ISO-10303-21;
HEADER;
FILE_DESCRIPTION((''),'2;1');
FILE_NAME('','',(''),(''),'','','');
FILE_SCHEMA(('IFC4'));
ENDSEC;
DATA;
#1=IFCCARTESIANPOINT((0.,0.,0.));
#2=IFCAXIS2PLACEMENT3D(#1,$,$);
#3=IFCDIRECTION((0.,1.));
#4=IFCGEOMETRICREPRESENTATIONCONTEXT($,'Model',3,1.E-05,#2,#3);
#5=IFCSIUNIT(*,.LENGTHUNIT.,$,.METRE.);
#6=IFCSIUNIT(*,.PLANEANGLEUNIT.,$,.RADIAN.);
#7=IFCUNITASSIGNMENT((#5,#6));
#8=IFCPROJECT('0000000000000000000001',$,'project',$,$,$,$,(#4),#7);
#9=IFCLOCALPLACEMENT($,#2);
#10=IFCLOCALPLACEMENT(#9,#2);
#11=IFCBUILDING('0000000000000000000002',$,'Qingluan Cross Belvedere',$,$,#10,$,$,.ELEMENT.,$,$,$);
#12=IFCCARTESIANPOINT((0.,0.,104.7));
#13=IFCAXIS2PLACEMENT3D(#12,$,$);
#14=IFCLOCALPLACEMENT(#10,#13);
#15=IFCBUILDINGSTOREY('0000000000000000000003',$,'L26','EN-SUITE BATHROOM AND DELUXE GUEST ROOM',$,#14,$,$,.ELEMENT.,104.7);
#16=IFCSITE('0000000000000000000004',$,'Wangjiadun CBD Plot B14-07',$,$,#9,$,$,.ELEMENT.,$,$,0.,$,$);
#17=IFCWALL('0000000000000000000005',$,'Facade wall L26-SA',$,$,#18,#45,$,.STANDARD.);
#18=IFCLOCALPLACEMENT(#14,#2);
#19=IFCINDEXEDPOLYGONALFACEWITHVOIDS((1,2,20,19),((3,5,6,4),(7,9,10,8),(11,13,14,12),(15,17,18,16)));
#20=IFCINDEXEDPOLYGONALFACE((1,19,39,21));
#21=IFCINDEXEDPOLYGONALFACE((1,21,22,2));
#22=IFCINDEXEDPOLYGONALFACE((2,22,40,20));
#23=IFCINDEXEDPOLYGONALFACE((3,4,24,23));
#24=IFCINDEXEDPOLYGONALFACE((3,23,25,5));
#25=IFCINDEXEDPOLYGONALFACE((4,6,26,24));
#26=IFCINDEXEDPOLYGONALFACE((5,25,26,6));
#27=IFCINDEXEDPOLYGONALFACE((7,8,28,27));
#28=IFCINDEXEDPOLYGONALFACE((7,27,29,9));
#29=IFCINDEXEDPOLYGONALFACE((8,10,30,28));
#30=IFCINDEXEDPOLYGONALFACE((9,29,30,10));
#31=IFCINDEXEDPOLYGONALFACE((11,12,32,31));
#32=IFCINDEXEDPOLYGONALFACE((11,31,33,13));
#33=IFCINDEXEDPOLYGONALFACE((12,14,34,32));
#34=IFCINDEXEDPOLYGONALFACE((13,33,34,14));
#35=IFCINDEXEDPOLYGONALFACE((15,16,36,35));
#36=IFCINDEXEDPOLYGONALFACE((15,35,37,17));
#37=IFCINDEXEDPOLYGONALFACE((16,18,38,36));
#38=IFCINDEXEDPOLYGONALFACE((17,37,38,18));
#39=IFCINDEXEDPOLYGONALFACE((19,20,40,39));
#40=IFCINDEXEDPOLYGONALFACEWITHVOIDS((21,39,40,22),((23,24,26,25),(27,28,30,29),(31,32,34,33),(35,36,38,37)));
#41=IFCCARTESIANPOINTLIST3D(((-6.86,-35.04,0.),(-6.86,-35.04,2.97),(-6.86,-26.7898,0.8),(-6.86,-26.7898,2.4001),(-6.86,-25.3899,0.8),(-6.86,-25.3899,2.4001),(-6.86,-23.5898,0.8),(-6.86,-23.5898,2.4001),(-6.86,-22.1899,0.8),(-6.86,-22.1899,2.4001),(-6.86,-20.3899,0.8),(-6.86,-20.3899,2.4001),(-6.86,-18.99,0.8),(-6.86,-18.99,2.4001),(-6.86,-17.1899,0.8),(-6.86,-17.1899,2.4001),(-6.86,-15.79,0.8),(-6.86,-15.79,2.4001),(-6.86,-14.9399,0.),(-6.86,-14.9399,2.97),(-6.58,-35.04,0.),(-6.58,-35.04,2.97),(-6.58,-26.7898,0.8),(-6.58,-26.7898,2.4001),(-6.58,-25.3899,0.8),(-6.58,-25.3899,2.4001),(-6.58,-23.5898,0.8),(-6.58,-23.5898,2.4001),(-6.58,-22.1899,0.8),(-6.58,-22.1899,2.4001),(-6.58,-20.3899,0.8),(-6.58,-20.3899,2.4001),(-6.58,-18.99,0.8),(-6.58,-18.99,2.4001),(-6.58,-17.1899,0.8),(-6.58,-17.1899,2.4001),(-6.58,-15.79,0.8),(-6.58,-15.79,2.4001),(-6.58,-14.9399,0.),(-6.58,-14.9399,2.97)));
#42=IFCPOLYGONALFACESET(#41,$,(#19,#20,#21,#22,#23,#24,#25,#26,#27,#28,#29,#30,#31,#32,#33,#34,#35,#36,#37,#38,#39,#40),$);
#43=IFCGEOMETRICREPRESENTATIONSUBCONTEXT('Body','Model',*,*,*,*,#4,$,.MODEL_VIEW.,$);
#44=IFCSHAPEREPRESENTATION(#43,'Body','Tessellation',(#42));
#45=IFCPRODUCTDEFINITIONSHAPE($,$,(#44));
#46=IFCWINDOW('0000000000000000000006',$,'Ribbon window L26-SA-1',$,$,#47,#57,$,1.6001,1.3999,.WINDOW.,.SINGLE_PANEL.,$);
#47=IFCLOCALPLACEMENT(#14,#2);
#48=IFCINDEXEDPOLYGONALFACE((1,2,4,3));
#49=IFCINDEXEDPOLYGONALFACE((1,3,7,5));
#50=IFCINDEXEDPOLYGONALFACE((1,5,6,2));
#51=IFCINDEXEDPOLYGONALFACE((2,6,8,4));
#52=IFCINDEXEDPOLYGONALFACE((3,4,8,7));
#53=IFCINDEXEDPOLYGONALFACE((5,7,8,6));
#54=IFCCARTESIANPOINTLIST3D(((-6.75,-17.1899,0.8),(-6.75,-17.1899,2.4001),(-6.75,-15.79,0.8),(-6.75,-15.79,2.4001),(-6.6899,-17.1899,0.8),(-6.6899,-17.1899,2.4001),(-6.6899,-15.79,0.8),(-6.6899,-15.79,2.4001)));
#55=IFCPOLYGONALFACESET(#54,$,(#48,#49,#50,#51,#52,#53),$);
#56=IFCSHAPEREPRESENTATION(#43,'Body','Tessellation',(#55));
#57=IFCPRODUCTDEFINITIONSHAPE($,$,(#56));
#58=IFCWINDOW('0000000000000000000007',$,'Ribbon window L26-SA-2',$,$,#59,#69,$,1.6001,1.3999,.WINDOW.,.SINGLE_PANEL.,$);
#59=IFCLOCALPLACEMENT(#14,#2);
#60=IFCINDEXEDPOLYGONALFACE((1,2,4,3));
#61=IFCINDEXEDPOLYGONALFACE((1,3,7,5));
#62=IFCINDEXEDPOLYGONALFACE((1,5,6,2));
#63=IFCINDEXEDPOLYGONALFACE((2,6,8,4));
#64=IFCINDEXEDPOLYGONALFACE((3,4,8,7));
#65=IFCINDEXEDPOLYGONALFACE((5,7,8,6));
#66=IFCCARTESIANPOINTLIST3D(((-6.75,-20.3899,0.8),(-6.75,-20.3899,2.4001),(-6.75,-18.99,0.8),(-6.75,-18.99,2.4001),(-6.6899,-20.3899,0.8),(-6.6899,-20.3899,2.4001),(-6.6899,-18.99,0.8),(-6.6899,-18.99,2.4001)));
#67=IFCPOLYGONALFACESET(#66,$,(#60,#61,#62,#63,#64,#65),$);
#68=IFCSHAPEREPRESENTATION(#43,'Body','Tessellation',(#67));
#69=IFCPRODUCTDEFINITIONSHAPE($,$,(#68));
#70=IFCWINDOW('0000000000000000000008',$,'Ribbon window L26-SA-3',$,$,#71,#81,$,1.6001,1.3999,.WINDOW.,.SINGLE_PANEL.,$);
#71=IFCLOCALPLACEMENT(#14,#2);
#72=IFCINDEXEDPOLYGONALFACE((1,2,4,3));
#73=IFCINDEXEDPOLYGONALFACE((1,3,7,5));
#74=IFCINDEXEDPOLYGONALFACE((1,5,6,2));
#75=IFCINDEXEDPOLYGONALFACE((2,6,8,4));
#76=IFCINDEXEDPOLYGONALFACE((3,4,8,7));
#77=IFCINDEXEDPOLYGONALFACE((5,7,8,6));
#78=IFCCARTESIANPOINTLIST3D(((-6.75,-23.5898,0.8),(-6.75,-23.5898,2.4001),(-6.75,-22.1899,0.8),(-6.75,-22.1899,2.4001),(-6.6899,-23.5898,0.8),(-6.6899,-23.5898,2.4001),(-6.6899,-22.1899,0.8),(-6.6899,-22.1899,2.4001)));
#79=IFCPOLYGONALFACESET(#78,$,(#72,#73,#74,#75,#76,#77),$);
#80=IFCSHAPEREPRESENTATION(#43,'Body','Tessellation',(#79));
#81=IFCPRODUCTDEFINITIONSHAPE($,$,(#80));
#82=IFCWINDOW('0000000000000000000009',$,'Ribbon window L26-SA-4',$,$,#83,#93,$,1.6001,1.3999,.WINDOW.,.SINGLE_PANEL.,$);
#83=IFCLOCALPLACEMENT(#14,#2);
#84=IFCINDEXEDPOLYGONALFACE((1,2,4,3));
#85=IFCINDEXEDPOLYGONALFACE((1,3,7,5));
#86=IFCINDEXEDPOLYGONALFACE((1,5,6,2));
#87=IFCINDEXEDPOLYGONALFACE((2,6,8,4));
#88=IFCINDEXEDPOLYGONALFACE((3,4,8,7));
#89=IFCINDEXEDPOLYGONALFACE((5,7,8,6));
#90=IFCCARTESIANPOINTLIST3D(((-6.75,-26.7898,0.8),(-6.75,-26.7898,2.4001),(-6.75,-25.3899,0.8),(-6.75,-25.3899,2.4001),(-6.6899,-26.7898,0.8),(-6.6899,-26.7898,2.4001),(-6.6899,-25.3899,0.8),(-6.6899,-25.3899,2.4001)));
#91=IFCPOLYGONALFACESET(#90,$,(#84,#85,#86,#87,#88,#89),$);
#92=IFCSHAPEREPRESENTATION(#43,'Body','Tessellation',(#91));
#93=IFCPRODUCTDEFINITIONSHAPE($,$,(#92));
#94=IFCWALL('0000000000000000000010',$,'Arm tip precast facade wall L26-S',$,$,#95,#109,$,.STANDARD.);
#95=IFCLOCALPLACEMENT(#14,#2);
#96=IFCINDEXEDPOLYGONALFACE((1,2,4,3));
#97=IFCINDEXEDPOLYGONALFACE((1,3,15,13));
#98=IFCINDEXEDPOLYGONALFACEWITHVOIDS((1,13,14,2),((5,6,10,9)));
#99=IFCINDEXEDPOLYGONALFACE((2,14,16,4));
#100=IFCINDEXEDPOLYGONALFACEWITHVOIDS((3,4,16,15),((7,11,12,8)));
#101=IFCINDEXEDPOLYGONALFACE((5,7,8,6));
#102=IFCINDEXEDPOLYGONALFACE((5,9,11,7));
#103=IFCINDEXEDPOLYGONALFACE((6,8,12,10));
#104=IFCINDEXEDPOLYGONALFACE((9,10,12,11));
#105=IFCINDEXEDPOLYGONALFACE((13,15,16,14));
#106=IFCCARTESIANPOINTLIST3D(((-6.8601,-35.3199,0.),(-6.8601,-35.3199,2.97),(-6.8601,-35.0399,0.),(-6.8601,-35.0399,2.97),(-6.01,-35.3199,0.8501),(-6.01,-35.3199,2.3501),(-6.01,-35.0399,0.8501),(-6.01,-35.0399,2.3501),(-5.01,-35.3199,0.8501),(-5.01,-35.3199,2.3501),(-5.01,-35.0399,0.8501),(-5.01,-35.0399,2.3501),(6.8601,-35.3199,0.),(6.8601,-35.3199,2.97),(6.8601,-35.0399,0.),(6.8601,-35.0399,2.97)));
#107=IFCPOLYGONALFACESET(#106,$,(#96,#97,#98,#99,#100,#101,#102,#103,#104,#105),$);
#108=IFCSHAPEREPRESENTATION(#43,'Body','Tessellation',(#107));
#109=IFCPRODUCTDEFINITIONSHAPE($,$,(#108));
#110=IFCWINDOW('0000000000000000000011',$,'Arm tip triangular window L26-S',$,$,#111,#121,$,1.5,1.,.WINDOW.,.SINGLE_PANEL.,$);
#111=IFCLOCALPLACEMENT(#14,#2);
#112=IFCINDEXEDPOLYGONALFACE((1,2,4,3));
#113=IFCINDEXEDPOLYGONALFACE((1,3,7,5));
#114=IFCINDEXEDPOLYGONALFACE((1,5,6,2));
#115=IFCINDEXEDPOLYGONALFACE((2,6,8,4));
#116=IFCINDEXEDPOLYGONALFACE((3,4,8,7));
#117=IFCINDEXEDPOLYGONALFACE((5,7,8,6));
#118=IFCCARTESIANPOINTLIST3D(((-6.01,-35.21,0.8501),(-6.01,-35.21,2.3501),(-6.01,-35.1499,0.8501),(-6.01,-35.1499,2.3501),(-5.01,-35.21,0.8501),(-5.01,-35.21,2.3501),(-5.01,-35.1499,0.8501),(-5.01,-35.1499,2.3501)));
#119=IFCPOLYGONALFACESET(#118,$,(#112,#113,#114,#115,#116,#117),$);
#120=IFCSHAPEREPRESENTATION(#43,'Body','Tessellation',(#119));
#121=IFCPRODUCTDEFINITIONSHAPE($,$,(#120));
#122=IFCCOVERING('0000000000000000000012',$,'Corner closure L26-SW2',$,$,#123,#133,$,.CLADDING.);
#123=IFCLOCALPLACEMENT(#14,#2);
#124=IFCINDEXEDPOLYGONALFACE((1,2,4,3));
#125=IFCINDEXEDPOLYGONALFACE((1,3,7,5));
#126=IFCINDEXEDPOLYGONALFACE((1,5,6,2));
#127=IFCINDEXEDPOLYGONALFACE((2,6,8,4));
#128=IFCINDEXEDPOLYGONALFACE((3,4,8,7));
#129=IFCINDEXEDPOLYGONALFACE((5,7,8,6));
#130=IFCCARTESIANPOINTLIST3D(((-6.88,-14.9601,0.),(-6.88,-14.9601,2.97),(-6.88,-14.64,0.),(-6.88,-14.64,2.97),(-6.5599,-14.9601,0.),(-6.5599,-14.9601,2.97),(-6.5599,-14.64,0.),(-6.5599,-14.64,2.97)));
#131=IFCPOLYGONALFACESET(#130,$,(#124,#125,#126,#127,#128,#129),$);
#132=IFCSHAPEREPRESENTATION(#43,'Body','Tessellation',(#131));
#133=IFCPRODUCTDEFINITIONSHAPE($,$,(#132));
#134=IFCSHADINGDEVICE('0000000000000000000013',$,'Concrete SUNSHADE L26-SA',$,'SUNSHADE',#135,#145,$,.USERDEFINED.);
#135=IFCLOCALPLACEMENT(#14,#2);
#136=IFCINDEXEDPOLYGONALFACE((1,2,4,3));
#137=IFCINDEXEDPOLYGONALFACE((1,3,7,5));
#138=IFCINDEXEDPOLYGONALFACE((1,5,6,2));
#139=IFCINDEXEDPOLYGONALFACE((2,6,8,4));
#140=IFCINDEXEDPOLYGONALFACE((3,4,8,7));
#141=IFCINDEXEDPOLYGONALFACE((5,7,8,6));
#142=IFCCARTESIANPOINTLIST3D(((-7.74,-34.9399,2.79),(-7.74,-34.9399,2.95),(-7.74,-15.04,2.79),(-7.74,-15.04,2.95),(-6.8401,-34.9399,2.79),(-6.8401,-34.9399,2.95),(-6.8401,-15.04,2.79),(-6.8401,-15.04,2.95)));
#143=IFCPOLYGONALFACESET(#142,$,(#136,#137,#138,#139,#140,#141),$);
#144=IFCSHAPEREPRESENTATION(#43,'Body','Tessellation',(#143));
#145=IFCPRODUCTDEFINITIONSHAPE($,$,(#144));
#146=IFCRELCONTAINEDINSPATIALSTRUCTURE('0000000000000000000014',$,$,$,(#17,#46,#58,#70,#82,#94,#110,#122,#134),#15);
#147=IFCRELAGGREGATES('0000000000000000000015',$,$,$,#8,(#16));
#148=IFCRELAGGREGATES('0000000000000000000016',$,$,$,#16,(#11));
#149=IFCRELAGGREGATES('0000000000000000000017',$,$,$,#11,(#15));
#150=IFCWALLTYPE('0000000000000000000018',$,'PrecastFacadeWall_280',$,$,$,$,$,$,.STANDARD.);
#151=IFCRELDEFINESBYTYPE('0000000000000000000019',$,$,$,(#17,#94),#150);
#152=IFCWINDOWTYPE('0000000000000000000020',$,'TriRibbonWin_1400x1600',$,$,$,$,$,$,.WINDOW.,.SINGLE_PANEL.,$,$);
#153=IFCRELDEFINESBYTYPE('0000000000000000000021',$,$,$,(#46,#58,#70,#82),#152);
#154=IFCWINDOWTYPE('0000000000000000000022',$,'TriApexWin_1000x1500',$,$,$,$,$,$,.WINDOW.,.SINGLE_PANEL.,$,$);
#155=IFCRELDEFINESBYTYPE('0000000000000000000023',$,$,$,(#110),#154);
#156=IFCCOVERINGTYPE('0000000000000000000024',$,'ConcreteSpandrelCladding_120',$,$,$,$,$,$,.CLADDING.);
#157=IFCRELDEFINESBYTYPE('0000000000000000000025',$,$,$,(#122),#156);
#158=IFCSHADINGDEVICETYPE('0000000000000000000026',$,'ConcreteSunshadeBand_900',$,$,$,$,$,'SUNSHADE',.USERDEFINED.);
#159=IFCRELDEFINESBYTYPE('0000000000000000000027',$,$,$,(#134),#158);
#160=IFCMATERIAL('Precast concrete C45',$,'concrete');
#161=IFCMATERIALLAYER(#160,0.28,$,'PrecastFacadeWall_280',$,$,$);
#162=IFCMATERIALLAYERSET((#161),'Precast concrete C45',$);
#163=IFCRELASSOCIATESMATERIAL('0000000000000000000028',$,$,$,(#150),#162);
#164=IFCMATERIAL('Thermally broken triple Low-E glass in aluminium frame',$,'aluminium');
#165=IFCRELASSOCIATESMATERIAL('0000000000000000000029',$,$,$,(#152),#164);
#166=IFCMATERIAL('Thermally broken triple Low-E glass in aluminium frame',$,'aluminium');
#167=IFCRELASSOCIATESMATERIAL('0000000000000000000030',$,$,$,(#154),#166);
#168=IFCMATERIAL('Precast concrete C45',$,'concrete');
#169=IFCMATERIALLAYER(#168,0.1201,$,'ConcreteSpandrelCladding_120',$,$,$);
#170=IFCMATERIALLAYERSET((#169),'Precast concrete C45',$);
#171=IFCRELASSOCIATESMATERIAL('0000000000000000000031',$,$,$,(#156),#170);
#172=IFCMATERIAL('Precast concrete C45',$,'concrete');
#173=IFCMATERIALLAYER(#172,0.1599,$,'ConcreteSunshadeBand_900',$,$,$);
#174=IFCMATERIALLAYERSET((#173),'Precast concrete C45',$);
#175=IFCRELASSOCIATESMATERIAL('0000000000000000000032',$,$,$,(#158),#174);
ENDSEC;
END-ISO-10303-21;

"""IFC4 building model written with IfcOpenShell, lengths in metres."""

from ifc_helpers import new_model, si_unit, direction, frame, frame_2d, origin, origin_2d, place, context, subcontext, project, spatial, rectangle, extrude, material, layer, layer_set, type_object, element, fill, save


model = new_model("IFC4")

# Units and contexts
model_context = context("Model", 3, precision=1e-05, world=origin(), true_north=direction((0.0, 1.0)))
body_context = subcontext(model_context, "Body", "Model", "MODEL_VIEW")
ifc_project = project(units=[si_unit("LENGTHUNIT", "METRE"), si_unit("PLANEANGLEUNIT", "RADIAN")], contexts=[model_context])

# Site, building, storey
site_placement = place(None, origin())
site = spatial("IfcSite", under=ifc_project, at=site_placement, Name="Wangjiadun CBD Plot B14-07", CompositionType="ELEMENT", RefElevation=0.0)
building_placement = place(site_placement, origin())
building = spatial("IfcBuilding", under=site, at=building_placement, Name="Qingluan Cross Belvedere", CompositionType="ELEMENT")
storey_placement = place(building_placement, frame((0.0, 0.0, 104.7)))
storey = spatial("IfcBuildingStorey", under=building, at=storey_placement, Name="L26", Description="EN-SUITE BATHROOM AND DELUXE GUEST ROOM", CompositionType="ELEMENT", Elevation=104.7)

# Wall, openings, windows
ifc_material_1 = material(Name="Precast concrete C45", Category="concrete")
ifc_layer_1 = layer(ifc_material_1, 0.28, Name="PrecastFacadeWall_280")
ifc_layer_set_1 = layer_set([ifc_layer_1], Name="Precast concrete C45")
wall_type_1 = type_object("IfcWallType", Name="PrecastFacadeWall_280", PredefinedType="STANDARD", material=ifc_layer_set_1)
wall_1_placement = place(storey_placement, frame((-6.72, -14.9399, 0.0), z_axis=(0.0, 0.0, 1.0), x_axis=(0.0, -1.0, 0.0)))
wall_1 = element("IfcWall", 1, at=wall_1_placement, inside=storey, type_object=wall_type_1, Name="Facade wall L26-SA", PredefinedType="STANDARD", context=body_context, shape_type="SweptSolid", body=[
    extrude(rectangle(XDim=20.1001, YDim=0.28, at=frame_2d((10.05, 0.0))), origin(), (0.0, 0.0, 1.0), 2.97),
])
opening_1_placement = place(wall_1_placement, frame((0.8501, 0.0, 0.8)))
opening_1 = element("IfcOpeningElement", 2, at=opening_1_placement, cuts=wall_1, PredefinedType="OPENING", context=body_context, shape_type="SweptSolid", body=[
    extrude(rectangle(XDim=1.3999, YDim=1.6001, at=frame_2d((0.7, 0.8))), frame((0.0, 0.1499, 0.0), z_axis=(0.0, -1.0, 0.0), x_axis=(1.0, 0.0, 0.0)), (0.0, 0.0, 1.0), 0.3),
])
opening_2_placement = place(wall_1_placement, frame((4.05, 0.0, 0.8)))
opening_2 = element("IfcOpeningElement", 3, at=opening_2_placement, cuts=wall_1, PredefinedType="OPENING", context=body_context, shape_type="SweptSolid", body=[
    extrude(rectangle(XDim=1.3999, YDim=1.6001, at=frame_2d((0.7, 0.8))), frame((0.0, 0.1499, 0.0), z_axis=(0.0, -1.0, 0.0), x_axis=(1.0, 0.0, 0.0)), (0.0, 0.0, 1.0), 0.3),
])
opening_3_placement = place(wall_1_placement, frame((7.25, 0.0, 0.8)))
opening_3 = element("IfcOpeningElement", 4, at=opening_3_placement, cuts=wall_1, PredefinedType="OPENING", context=body_context, shape_type="SweptSolid", body=[
    extrude(rectangle(XDim=1.3999, YDim=1.6001, at=frame_2d((0.7, 0.8))), frame((0.0, 0.1499, 0.0), z_axis=(0.0, -1.0, 0.0), x_axis=(1.0, 0.0, 0.0)), (0.0, 0.0, 1.0), 0.3),
])
opening_4_placement = place(wall_1_placement, frame((10.45, 0.0, 0.8)))
opening_4 = element("IfcOpeningElement", 5, at=opening_4_placement, cuts=wall_1, PredefinedType="OPENING", context=body_context, shape_type="SweptSolid", body=[
    extrude(rectangle(XDim=1.3999, YDim=1.6001, at=frame_2d((0.7, 0.8))), frame((0.0, 0.1499, 0.0), z_axis=(0.0, -1.0, 0.0), x_axis=(1.0, 0.0, 0.0)), (0.0, 0.0, 1.0), 0.3),
])
ifc_material_2 = material(Name="Thermally broken triple Low-E glass in aluminium frame", Category="aluminium")
window_type_1 = type_object("IfcWindowType", Name="TriRibbonWin_1400x1600", PartitioningType="SINGLE_PANEL", PredefinedType="WINDOW", material=ifc_material_2)
window_1_placement = place(opening_1_placement, origin())
window_1 = element("IfcWindow", 6, at=window_1_placement, inside=storey, type_object=window_type_1, Name="Ribbon window L26-SA-1", OverallHeight=1.6001, OverallWidth=1.3999, PartitioningType="SINGLE_PANEL", PredefinedType="WINDOW", context=body_context, shape_type="SweptSolid", body=[
    extrude(rectangle(XDim=1.3999, YDim=1.6001, at=frame_2d((0.7, 0.8))), frame((0.0, 0.03, 0.0), z_axis=(0.0, -1.0, 0.0), x_axis=(1.0, 0.0, 0.0)), (0.0, 0.0, 1.0), 0.0601),
])
fill(opening_1, window_1)
window_2_placement = place(opening_2_placement, origin())
window_2 = element("IfcWindow", 7, at=window_2_placement, inside=storey, type_object=window_type_1, Name="Ribbon window L26-SA-2", OverallHeight=1.6001, OverallWidth=1.3999, PartitioningType="SINGLE_PANEL", PredefinedType="WINDOW", context=body_context, shape_type="SweptSolid", body=[
    extrude(rectangle(XDim=1.3999, YDim=1.6001, at=frame_2d((0.7, 0.8))), frame((0.0, 0.03, 0.0), z_axis=(0.0, -1.0, 0.0), x_axis=(1.0, 0.0, 0.0)), (0.0, 0.0, 1.0), 0.0601),
])
fill(opening_2, window_2)
window_3_placement = place(opening_3_placement, origin())
window_3 = element("IfcWindow", 8, at=window_3_placement, inside=storey, type_object=window_type_1, Name="Ribbon window L26-SA-3", OverallHeight=1.6001, OverallWidth=1.3999, PartitioningType="SINGLE_PANEL", PredefinedType="WINDOW", context=body_context, shape_type="SweptSolid", body=[
    extrude(rectangle(XDim=1.3999, YDim=1.6001, at=frame_2d((0.7, 0.8))), frame((0.0, 0.03, 0.0), z_axis=(0.0, -1.0, 0.0), x_axis=(1.0, 0.0, 0.0)), (0.0, 0.0, 1.0), 0.0601),
])
fill(opening_3, window_3)
window_4_placement = place(opening_4_placement, origin())
window_4 = element("IfcWindow", 9, at=window_4_placement, inside=storey, type_object=window_type_1, Name="Ribbon window L26-SA-4", OverallHeight=1.6001, OverallWidth=1.3999, PartitioningType="SINGLE_PANEL", PredefinedType="WINDOW", context=body_context, shape_type="SweptSolid", body=[
    extrude(rectangle(XDim=1.3999, YDim=1.6001, at=frame_2d((0.7, 0.8))), frame((0.0, 0.03, 0.0), z_axis=(0.0, -1.0, 0.0), x_axis=(1.0, 0.0, 0.0)), (0.0, 0.0, 1.0), 0.0601),
])
fill(opening_4, window_4)

# Wall, opening, window
wall_2_placement = place(storey_placement, frame((-6.8601, -35.1799, 0.0), z_axis=(0.0, 0.0, 1.0), x_axis=(1.0, 0.0, 0.0)))
wall_2 = element("IfcWall", 10, at=wall_2_placement, inside=storey, type_object=wall_type_1, Name="Arm tip precast facade wall L26-S", PredefinedType="STANDARD", context=body_context, shape_type="SweptSolid", body=[
    extrude(rectangle(XDim=13.7202, YDim=0.28, at=frame_2d((6.8601, 0.0))), origin(), (0.0, 0.0, 1.0), 2.97),
])
opening_5_placement = place(wall_2_placement, frame((0.8501, 0.0, 0.8501)))
opening_5 = element("IfcOpeningElement", 11, at=opening_5_placement, cuts=wall_2, PredefinedType="OPENING", context=body_context, shape_type="SweptSolid", body=[
    extrude(rectangle(XDim=1.0, YDim=1.5, at=frame_2d((0.5, 0.75))), frame((0.0, 0.1499, 0.0), z_axis=(0.0, -1.0, 0.0), x_axis=(1.0, 0.0, 0.0)), (0.0, 0.0, 1.0), 0.3),
])
ifc_material_3 = material(Name="Thermally broken triple Low-E glass in aluminium frame", Category="aluminium")
window_type_2 = type_object("IfcWindowType", Name="TriApexWin_1000x1500", PartitioningType="SINGLE_PANEL", PredefinedType="WINDOW", material=ifc_material_3)
window_5_placement = place(opening_5_placement, origin())
window_5 = element("IfcWindow", 12, at=window_5_placement, inside=storey, type_object=window_type_2, Name="Arm tip triangular window L26-S", OverallHeight=1.5, OverallWidth=1.0, PartitioningType="SINGLE_PANEL", PredefinedType="WINDOW", context=body_context, shape_type="SweptSolid", body=[
    extrude(rectangle(XDim=1.0, YDim=1.5, at=frame_2d((0.5, 0.75))), frame((0.0, 0.03, 0.0), z_axis=(0.0, -1.0, 0.0), x_axis=(1.0, 0.0, 0.0)), (0.0, 0.0, 1.0), 0.0601),
])
fill(opening_5, window_5)

# Covering
ifc_material_4 = material(Name="Precast concrete C45", Category="concrete")
ifc_layer_2 = layer(ifc_material_4, 0.1201, Name="ConcreteSpandrelCladding_120")
ifc_layer_set_2 = layer_set([ifc_layer_2], Name="Precast concrete C45")
covering_type = type_object("IfcCoveringType", Name="ConcreteSpandrelCladding_120", PredefinedType="CLADDING", material=ifc_layer_set_2)
covering_placement = place(storey_placement, frame((-6.72, -14.8, 0.0), z_axis=(0.0, 0.0, 1.0), x_axis=(1.0, 0.0, 0.0)))
element("IfcCovering", 13, at=covering_placement, inside=storey, type_object=covering_type, Name="Corner closure L26-SW2", PredefinedType="CLADDING", context=body_context, shape_type="SweptSolid", body=[
    extrude(rectangle(XDim=0.3201, YDim=0.3201, at=origin_2d()), origin(), (0.0, 0.0, 1.0), 2.97),
])

# Shading device
ifc_material_5 = material(Name="Precast concrete C45", Category="concrete")
ifc_layer_3 = layer(ifc_material_5, 0.1599, Name="ConcreteSunshadeBand_900")
ifc_layer_set_3 = layer_set([ifc_layer_3], Name="Precast concrete C45")
shading_device_type = type_object("IfcShadingDeviceType", Name="ConcreteSunshadeBand_900", ElementType="SUNSHADE", PredefinedType="USERDEFINED", material=ifc_layer_set_3)
shading_device_placement = place(storey_placement, frame((-7.29, -24.99, 2.79), z_axis=(0.0, 0.0, 1.0), x_axis=(0.0, -1.0, 0.0)))
element("IfcShadingDevice", 14, at=shading_device_placement, inside=storey, type_object=shading_device_type, Name="Concrete SUNSHADE L26-SA", ObjectType="SUNSHADE", PredefinedType="USERDEFINED", context=body_context, shape_type="SweptSolid", body=[
    extrude(rectangle(XDim=19.8999, YDim=0.8999, at=origin_2d()), origin(), (0.0, 0.0, 1.0), 0.1599),
])

save(model, "model.ifc")
